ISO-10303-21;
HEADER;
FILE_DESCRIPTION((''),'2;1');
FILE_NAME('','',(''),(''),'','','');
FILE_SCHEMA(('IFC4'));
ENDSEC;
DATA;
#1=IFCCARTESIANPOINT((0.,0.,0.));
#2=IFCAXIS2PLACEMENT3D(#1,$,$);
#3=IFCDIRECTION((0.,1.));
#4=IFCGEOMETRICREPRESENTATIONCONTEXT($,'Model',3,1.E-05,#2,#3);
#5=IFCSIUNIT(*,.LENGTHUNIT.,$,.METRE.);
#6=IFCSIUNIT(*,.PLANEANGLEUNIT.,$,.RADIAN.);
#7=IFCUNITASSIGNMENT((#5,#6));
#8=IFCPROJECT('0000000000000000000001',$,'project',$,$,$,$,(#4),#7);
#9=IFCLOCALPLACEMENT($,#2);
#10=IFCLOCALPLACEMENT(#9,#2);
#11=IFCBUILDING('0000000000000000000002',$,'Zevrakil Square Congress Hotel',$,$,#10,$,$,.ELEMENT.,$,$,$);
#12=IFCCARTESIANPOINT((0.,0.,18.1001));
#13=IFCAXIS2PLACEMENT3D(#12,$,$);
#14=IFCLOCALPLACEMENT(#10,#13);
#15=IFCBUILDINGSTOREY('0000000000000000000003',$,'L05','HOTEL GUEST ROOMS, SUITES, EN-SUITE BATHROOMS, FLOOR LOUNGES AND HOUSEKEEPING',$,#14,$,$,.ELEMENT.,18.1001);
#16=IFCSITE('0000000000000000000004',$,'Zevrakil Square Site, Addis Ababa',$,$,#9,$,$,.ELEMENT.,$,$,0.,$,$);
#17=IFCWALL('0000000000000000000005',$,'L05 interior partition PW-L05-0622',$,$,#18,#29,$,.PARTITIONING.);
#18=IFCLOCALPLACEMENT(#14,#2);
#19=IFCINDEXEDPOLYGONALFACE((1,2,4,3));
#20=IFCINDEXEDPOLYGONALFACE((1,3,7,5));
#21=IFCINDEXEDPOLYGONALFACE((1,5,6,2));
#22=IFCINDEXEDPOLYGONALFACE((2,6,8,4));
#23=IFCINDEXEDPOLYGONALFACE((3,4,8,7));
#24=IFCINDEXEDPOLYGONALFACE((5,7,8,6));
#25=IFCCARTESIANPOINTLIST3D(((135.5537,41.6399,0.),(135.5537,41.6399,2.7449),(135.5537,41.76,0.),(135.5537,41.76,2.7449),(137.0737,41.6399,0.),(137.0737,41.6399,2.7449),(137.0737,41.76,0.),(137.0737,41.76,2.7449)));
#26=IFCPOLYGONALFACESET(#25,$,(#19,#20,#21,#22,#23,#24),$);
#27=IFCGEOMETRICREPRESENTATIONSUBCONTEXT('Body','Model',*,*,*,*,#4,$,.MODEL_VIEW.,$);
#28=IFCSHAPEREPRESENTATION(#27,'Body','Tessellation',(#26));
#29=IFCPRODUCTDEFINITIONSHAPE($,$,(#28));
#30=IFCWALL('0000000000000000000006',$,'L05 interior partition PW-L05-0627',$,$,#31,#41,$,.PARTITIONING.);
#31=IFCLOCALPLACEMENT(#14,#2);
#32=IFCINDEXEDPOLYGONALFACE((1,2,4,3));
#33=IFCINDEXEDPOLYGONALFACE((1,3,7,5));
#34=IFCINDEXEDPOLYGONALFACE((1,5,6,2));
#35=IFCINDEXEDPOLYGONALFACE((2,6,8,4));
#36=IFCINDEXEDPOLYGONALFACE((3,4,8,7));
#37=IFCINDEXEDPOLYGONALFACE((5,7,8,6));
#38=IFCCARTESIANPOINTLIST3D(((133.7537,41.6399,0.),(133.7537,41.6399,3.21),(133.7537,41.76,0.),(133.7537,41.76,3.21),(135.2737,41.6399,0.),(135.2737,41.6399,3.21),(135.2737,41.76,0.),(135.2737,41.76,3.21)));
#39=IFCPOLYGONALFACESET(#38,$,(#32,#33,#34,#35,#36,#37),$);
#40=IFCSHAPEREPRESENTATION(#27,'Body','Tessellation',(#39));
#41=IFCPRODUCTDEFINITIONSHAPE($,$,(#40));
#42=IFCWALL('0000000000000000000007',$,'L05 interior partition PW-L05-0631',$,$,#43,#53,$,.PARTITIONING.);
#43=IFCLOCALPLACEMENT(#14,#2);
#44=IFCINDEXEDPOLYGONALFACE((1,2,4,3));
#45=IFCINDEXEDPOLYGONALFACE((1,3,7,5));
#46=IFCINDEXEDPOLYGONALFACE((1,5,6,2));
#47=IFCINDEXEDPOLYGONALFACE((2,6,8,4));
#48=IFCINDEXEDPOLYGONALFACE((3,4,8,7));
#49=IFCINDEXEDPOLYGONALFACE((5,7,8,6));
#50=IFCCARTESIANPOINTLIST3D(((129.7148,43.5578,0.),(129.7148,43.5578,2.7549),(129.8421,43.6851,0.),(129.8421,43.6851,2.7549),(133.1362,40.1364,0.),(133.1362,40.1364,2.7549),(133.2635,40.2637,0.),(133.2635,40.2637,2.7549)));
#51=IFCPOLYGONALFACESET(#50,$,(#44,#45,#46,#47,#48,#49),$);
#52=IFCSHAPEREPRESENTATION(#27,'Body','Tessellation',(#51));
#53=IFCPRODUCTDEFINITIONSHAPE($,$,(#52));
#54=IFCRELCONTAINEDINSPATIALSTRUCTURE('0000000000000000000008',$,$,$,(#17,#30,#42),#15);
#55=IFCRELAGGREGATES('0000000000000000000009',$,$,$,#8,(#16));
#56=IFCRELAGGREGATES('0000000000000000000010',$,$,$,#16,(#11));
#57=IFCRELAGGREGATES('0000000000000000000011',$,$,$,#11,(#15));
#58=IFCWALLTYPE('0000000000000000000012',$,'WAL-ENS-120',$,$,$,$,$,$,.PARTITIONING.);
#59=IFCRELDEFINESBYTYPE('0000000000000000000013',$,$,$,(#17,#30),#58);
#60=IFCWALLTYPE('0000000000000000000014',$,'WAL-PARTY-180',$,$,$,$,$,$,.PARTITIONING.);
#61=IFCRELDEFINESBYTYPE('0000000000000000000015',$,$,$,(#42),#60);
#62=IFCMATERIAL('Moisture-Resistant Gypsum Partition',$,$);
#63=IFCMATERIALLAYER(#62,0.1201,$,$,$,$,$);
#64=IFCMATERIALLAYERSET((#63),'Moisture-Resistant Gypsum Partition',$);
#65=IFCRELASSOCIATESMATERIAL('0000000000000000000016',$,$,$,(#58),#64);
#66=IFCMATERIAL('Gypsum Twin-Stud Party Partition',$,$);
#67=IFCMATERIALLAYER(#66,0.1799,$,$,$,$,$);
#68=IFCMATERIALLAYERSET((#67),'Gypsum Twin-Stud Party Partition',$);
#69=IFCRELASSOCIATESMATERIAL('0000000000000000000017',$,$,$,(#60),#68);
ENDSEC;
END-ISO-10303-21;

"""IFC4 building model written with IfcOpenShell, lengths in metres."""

from ifc_helpers import new_model, si_unit, direction, frame, frame_2d, origin, place, context, subcontext, project, spatial, rectangle, extrude, material, layer, layer_set, type_object, element, save


model = new_model("IFC4")

# Units and contexts
model_context = context("Model", 3, precision=1e-05, world=origin(), true_north=direction((0.0, 1.0)))
body_context = subcontext(model_context, "Body", "Model", "MODEL_VIEW")
ifc_project = project(units=[si_unit("LENGTHUNIT", "METRE"), si_unit("PLANEANGLEUNIT", "RADIAN")], contexts=[model_context])

# Site, building, storey
site_placement = place(None, origin())
site = spatial("IfcSite", under=ifc_project, at=site_placement, Name="Zevrakil Square Site, Addis Ababa", CompositionType="ELEMENT", RefElevation=0.0)
building_placement = place(site_placement, origin())
building = spatial("IfcBuilding", under=site, at=building_placement, Name="Zevrakil Square Congress Hotel", CompositionType="ELEMENT")
storey_placement = place(building_placement, frame((0.0, 0.0, 18.1001)))
storey = spatial("IfcBuildingStorey", under=building, at=storey_placement, Name="L05", Description="HOTEL GUEST ROOMS, SUITES, EN-SUITE BATHROOMS, FLOOR LOUNGES AND HOUSEKEEPING", CompositionType="ELEMENT", Elevation=18.1001)

# Walls
ifc_material_1 = material(Name="Moisture-Resistant Gypsum Partition")
ifc_layer_1 = layer(ifc_material_1, 0.1201)
ifc_layer_set_1 = layer_set([ifc_layer_1], Name="Moisture-Resistant Gypsum Partition")
wall_type_1 = type_object("IfcWallType", Name="WAL-ENS-120", PredefinedType="PARTITIONING", material=ifc_layer_set_1)
wall_1_placement = place(storey_placement, frame((135.5537, 41.7, 0.0), z_axis=(0.0, 0.0, 1.0), x_axis=(1.0, 0.0, 0.0)))
element("IfcWall", 1, at=wall_1_placement, inside=storey, type_object=wall_type_1, Name="L05 interior partition PW-L05-0622", PredefinedType="PARTITIONING", context=body_context, shape_type="SweptSolid", body=[
    extrude(rectangle(XDim=1.52, YDim=0.1201, at=frame_2d((0.76, 0.0))), origin(), (0.0, 0.0, 1.0), 2.7449),
])
wall_2_placement = place(storey_placement, frame((133.7537, 41.7, 0.0), z_axis=(0.0, 0.0, 1.0), x_axis=(1.0, 0.0, 0.0)))
element("IfcWall", 2, at=wall_2_placement, inside=storey, type_object=wall_type_1, Name="L05 interior partition PW-L05-0627", PredefinedType="PARTITIONING", context=body_context, shape_type="SweptSolid", body=[
    extrude(rectangle(XDim=1.52, YDim=0.1201, at=frame_2d((0.76, 0.0))), origin(), (0.0, 0.0, 1.0), 3.21),
])
ifc_material_2 = material(Name="Gypsum Twin-Stud Party Partition")
ifc_layer_2 = layer(ifc_material_2, 0.1799)
ifc_layer_set_2 = layer_set([ifc_layer_2], Name="Gypsum Twin-Stud Party Partition")
wall_type_2 = type_object("IfcWallType", Name="WAL-PARTY-180", PredefinedType="PARTITIONING", material=ifc_layer_set_2)
wall_3_placement = place(storey_placement, frame((133.2, 40.2, 0.0), z_axis=(0.0, 0.0, 1.0), x_axis=(-0.707107, 0.707107, 0.0)))
element("IfcWall", 3, at=wall_3_placement, inside=storey, type_object=wall_type_2, Name="L05 interior partition PW-L05-0631", PredefinedType="PARTITIONING", context=body_context, shape_type="SweptSolid", body=[
    extrude(rectangle(XDim=4.8386, YDim=0.1799, at=frame_2d((2.4194, 0.0))), origin(), (0.0, 0.0, 1.0), 2.7549),
])

save(model, "model.ifc")
